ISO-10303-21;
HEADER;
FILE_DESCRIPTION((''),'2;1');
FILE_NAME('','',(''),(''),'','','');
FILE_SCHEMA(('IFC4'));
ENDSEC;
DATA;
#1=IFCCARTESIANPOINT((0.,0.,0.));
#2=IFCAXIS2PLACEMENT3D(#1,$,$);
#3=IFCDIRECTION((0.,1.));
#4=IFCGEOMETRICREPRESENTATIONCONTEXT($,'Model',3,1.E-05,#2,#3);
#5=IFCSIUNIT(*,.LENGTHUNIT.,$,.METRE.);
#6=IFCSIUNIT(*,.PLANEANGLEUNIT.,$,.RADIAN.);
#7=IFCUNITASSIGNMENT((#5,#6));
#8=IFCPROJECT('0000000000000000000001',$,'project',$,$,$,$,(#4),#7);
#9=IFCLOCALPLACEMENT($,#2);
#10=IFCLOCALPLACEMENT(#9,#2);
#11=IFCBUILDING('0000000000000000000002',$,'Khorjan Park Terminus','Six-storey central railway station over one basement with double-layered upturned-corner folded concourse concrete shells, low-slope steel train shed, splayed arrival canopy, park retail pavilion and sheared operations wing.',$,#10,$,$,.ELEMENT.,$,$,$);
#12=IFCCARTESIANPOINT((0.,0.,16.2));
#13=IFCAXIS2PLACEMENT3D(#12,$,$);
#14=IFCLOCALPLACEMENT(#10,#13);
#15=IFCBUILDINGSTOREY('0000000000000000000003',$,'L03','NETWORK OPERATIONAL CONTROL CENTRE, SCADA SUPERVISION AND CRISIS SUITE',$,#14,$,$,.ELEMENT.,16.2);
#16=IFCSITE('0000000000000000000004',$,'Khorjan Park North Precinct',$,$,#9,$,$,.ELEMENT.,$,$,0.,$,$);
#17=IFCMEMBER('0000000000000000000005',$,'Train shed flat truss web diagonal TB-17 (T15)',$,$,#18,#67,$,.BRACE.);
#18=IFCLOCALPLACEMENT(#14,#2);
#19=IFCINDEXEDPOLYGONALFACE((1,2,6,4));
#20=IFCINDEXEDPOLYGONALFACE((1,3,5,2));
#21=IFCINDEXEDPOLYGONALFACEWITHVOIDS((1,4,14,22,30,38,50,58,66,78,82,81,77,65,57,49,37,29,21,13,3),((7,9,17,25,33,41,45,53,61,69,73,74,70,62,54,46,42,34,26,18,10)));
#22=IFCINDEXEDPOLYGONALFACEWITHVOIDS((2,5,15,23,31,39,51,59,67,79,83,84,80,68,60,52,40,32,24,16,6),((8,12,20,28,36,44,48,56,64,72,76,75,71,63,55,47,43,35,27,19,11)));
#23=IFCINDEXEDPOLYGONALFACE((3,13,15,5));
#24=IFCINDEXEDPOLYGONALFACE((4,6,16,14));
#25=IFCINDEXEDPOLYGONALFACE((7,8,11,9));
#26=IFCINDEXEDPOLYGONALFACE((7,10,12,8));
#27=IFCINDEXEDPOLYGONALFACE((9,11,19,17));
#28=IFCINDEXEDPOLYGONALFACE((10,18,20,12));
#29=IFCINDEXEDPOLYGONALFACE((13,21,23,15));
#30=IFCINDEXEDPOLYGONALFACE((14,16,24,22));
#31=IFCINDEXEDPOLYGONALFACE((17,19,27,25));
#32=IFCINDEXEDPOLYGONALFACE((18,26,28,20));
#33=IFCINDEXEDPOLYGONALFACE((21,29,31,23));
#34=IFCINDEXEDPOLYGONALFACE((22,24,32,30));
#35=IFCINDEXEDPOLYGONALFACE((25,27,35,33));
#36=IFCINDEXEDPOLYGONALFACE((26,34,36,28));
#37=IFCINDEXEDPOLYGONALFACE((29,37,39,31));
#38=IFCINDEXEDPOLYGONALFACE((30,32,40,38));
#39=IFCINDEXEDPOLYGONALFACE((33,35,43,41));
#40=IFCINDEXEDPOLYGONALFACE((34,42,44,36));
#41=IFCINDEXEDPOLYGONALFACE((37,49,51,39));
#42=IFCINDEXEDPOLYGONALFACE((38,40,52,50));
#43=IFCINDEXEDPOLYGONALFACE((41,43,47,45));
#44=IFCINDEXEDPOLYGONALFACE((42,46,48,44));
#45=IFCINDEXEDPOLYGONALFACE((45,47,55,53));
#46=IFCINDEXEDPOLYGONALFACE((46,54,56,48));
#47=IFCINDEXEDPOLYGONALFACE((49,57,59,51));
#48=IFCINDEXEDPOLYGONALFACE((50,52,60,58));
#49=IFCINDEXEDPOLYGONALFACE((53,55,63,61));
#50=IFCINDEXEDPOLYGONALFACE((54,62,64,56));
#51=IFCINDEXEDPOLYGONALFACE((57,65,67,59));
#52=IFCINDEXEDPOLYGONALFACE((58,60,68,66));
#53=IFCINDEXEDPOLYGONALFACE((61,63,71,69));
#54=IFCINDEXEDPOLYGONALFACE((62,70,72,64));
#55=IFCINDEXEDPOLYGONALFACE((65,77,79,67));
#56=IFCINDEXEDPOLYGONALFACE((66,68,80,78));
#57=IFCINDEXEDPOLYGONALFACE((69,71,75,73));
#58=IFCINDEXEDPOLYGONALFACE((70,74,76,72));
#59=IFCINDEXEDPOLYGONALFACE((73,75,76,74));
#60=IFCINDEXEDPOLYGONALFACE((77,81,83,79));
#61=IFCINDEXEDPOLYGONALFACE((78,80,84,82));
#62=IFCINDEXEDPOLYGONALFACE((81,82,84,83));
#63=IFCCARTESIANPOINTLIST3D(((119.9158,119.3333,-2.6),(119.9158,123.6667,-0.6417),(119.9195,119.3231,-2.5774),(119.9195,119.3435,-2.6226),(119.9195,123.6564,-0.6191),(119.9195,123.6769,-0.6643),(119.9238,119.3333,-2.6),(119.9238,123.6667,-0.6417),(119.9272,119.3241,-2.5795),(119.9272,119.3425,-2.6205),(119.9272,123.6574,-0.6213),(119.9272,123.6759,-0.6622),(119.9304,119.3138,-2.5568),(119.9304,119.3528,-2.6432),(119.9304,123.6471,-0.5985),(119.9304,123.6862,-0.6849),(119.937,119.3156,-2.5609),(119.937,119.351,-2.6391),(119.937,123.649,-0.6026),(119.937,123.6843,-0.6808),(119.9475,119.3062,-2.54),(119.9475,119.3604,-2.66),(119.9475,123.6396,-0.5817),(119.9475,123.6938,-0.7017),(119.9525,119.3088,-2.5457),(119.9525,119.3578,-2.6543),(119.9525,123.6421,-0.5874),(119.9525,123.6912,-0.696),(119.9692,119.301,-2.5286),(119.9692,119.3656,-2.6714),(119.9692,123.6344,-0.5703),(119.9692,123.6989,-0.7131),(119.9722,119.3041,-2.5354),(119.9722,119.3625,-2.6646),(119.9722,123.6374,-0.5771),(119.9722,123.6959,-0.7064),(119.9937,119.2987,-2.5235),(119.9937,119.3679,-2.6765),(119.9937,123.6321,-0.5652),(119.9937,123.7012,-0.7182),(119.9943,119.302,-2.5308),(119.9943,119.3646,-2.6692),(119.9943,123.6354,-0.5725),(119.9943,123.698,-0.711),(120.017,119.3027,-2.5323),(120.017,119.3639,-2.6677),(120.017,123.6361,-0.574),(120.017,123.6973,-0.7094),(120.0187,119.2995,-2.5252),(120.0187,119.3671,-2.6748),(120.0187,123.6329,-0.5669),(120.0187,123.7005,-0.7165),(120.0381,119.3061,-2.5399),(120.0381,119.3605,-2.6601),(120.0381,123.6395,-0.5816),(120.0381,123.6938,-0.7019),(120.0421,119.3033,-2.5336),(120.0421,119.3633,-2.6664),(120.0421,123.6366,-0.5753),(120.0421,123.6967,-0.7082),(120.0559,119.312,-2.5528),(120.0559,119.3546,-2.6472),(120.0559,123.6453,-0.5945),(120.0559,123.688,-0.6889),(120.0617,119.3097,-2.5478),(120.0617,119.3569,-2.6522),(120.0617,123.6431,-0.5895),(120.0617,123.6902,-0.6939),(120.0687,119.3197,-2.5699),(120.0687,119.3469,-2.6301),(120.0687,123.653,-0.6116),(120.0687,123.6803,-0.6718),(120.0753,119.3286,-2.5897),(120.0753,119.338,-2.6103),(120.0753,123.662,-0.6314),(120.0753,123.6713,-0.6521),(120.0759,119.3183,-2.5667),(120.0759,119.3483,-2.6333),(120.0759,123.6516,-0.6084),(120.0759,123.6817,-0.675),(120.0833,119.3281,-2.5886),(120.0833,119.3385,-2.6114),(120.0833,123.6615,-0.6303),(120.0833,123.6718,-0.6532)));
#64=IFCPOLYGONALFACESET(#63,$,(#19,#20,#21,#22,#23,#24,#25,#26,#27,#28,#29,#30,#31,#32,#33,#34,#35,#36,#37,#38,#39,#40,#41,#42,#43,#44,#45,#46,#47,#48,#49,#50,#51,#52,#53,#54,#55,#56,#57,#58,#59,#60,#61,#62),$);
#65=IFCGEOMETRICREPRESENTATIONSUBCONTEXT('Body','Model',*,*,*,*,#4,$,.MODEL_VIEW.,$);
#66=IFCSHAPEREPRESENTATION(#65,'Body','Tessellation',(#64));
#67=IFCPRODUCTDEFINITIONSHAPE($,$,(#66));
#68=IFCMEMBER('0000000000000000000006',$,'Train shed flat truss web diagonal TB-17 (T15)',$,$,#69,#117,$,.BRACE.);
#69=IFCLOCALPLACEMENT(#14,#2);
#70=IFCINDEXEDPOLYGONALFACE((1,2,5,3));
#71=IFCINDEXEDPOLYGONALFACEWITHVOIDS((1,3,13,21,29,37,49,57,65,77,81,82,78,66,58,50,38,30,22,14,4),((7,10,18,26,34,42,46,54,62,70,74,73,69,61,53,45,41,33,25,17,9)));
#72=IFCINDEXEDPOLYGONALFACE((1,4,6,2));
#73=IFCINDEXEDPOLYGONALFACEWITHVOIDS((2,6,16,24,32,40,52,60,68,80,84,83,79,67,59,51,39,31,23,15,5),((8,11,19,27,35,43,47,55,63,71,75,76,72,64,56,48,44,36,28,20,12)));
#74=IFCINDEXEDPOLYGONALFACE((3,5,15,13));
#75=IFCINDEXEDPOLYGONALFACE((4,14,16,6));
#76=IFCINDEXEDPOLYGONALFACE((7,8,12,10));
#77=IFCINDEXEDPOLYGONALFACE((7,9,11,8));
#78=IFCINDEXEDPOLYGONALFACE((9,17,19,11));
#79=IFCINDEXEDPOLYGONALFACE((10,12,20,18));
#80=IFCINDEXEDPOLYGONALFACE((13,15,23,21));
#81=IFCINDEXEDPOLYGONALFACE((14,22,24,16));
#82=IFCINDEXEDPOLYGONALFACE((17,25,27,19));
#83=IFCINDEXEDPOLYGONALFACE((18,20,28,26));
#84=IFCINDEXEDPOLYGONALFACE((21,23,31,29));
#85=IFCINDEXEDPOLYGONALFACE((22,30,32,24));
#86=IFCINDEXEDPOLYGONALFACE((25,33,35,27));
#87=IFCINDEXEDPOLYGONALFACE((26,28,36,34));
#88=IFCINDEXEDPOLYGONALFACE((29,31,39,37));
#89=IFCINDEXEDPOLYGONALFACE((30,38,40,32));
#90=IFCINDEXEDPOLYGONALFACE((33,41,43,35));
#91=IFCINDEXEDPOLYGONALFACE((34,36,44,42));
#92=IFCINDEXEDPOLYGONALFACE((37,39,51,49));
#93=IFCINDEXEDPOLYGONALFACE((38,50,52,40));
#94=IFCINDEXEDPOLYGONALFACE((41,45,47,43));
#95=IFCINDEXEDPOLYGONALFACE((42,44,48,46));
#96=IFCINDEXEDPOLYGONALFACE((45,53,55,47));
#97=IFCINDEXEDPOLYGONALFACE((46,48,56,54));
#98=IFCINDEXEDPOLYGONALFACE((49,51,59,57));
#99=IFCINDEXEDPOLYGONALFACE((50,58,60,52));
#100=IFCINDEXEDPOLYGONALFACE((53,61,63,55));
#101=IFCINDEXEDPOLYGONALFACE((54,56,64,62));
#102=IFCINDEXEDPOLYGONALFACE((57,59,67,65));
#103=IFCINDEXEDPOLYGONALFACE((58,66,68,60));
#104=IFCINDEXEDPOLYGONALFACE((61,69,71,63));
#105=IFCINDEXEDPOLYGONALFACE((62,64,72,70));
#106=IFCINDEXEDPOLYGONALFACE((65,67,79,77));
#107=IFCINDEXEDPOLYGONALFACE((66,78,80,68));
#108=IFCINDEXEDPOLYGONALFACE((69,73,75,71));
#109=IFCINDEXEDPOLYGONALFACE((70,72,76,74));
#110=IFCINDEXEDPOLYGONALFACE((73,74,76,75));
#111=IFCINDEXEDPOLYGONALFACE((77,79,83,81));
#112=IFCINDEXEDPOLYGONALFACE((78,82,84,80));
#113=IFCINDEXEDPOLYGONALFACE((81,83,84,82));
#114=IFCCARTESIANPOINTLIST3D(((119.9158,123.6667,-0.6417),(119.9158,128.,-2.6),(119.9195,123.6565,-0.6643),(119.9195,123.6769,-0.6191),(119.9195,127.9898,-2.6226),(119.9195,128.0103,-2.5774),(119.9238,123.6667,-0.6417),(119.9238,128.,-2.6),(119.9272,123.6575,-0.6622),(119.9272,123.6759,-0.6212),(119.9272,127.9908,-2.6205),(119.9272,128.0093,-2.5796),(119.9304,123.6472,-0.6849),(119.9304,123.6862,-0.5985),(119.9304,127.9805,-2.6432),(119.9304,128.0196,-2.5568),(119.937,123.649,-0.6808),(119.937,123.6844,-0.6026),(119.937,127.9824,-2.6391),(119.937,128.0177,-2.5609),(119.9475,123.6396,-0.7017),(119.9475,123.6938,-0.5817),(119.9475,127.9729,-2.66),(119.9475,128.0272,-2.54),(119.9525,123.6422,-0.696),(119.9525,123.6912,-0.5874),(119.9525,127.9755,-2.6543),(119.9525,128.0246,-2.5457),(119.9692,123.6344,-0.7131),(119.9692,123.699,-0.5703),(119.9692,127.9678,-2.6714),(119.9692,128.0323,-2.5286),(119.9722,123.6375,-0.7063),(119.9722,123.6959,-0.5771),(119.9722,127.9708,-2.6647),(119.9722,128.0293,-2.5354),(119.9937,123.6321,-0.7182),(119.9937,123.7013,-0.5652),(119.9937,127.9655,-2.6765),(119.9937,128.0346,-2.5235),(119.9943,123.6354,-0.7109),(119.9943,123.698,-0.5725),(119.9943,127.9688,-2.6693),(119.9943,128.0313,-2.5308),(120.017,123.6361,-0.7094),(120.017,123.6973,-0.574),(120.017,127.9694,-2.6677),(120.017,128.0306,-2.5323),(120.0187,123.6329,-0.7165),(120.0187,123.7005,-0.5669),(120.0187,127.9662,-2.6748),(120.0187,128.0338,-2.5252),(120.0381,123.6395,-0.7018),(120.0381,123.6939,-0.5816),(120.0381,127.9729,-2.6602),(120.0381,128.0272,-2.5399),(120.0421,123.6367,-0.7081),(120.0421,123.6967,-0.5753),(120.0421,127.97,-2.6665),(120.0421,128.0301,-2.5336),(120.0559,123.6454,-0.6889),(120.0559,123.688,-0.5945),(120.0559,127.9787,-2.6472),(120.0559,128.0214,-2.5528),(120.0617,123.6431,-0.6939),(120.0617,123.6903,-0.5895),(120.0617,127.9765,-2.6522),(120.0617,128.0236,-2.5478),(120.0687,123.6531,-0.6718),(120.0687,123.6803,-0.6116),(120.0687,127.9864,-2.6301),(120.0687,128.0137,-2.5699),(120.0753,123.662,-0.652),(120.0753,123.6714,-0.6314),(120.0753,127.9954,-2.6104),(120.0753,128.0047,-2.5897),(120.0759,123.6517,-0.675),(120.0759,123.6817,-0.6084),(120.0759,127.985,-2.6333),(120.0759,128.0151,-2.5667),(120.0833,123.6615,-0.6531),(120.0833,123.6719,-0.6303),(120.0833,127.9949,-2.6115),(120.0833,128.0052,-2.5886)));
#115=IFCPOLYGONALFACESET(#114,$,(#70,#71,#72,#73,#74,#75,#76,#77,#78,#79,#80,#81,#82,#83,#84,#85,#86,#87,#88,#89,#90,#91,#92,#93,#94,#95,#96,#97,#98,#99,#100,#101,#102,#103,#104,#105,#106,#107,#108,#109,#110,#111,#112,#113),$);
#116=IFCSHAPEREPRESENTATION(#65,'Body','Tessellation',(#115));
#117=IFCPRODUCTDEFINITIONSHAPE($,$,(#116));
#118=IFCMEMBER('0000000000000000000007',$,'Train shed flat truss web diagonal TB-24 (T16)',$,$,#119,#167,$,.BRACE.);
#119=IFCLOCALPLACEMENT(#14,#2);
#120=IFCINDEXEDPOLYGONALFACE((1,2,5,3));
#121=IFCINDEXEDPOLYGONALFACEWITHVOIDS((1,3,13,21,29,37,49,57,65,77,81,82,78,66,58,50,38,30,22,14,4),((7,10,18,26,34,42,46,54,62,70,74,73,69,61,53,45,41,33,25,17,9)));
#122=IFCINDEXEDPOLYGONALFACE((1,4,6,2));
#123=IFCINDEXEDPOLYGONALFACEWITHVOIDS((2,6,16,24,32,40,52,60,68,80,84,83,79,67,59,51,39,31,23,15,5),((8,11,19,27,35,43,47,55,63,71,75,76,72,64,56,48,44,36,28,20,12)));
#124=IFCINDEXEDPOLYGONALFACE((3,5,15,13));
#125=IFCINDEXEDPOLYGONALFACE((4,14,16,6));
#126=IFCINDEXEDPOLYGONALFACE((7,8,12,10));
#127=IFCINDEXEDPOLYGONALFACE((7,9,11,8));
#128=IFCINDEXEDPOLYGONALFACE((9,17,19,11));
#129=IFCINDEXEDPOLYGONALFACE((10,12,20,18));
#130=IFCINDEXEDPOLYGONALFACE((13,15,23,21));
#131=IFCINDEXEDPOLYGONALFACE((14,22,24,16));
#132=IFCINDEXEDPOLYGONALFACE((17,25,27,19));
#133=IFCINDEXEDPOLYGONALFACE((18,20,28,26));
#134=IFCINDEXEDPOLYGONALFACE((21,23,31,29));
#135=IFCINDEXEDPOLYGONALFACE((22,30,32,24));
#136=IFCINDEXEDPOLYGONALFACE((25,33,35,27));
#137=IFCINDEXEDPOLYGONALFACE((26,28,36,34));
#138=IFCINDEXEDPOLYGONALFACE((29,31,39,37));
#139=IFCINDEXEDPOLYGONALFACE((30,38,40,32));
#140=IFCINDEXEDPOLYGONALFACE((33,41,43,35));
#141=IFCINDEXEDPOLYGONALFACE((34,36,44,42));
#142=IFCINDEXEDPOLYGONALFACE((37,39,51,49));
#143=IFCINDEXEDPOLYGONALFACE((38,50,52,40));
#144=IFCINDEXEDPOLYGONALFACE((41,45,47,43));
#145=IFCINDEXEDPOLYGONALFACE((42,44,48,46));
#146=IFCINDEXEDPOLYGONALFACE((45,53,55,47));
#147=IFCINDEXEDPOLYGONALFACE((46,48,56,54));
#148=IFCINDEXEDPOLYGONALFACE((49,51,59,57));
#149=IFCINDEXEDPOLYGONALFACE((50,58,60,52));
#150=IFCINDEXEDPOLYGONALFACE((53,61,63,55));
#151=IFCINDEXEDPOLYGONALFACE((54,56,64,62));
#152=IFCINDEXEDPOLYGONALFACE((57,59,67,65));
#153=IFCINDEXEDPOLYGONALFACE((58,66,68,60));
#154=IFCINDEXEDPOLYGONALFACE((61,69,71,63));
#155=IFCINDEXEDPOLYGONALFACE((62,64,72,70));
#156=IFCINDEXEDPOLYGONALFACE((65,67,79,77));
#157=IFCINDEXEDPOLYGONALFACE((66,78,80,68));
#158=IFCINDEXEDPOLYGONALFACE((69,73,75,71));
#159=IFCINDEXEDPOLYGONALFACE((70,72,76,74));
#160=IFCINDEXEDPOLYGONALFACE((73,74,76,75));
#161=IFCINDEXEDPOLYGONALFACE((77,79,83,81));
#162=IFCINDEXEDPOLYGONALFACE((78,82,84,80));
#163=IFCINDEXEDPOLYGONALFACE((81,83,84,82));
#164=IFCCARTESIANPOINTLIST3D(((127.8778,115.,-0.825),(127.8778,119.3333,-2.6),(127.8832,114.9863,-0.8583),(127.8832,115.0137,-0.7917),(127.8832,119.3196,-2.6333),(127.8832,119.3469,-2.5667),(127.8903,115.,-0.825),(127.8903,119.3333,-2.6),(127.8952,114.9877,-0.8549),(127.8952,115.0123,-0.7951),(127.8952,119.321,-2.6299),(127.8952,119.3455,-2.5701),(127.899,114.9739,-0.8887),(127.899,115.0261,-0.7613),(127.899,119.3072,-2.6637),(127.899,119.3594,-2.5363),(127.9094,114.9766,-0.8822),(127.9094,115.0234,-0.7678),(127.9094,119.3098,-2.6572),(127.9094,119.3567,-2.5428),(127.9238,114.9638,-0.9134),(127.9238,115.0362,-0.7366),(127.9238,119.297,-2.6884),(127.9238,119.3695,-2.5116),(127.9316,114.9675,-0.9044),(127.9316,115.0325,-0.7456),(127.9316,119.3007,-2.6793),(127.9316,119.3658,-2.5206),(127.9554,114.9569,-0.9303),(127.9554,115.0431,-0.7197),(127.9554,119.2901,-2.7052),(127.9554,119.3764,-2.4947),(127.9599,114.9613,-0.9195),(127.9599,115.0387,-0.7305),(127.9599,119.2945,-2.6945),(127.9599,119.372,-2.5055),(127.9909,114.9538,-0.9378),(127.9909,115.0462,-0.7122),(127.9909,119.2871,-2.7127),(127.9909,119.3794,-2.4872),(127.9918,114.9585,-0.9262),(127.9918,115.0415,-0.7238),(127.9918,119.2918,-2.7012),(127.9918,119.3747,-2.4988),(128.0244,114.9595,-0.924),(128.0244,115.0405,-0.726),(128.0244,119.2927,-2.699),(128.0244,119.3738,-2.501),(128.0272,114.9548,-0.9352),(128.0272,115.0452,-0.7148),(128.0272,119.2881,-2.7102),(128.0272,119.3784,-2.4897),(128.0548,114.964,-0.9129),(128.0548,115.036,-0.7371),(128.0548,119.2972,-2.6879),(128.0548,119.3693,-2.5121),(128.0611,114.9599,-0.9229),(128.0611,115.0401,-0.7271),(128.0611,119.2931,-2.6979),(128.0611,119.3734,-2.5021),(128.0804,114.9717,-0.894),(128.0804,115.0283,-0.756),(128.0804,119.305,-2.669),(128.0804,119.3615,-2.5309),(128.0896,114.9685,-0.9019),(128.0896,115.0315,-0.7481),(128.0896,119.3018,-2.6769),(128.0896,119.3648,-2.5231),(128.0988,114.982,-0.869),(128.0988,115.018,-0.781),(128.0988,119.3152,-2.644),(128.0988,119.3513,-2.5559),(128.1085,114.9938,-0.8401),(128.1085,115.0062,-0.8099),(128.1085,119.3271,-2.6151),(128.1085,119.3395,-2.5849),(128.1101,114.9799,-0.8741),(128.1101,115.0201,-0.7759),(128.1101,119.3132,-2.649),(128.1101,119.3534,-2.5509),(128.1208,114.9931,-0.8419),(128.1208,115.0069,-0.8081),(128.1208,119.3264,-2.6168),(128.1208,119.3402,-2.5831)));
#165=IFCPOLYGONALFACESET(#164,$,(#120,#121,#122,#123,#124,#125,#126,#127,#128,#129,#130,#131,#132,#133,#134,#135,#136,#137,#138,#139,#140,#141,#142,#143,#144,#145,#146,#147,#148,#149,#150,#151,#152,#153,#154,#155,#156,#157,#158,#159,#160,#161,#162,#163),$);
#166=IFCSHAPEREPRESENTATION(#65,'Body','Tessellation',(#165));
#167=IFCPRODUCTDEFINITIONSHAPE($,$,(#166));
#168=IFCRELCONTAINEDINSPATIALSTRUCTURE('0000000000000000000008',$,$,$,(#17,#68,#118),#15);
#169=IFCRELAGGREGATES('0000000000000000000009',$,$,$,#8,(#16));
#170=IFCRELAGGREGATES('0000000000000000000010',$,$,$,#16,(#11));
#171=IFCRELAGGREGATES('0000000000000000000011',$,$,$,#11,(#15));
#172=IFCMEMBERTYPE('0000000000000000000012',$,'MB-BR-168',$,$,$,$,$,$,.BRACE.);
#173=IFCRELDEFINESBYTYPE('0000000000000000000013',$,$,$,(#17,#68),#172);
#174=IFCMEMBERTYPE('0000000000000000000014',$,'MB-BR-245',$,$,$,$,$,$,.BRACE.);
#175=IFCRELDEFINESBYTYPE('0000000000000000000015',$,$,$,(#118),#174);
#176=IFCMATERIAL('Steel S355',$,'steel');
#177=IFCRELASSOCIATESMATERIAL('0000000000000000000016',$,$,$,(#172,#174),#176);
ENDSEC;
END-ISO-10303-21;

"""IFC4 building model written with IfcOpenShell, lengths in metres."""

from ifc_helpers import new_model, si_unit, direction, frame, origin, origin_2d, place, context, subcontext, project, spatial, hollow_circle, extrude, material, material_profile, profile_set, type_object, element, save


model = new_model("IFC4")

# Units and contexts
model_context = context("Model", 3, precision=1e-05, world=origin(), true_north=direction((0.0, 1.0)))
body_context = subcontext(model_context, "Body", "Model", "MODEL_VIEW")
ifc_project = project(units=[si_unit("LENGTHUNIT", "METRE"), si_unit("PLANEANGLEUNIT", "RADIAN")], contexts=[model_context])

# Site, building, storey
site_placement = place(None, origin())
site = spatial("IfcSite", under=ifc_project, at=site_placement, Name="Khorjan Park North Precinct", CompositionType="ELEMENT", RefElevation=0.0)
building_placement = place(site_placement, origin())
building = spatial("IfcBuilding", under=site, at=building_placement, Name="Khorjan Park Terminus", Description="Six-storey central railway station over one basement with double-layered upturned-corner folded concourse concrete shells, low-slope steel train shed, splayed arrival canopy, park retail pavilion and sheared operations wing.", CompositionType="ELEMENT")
storey_placement = place(building_placement, frame((0.0, 0.0, 16.2)))
storey = spatial("IfcBuildingStorey", under=building, at=storey_placement, Name="L03", Description="NETWORK OPERATIONAL CONTROL CENTRE, SCADA SUPERVISION AND CRISIS SUITE", CompositionType="ELEMENT", Elevation=16.2)

# Members
ifc_material = material(Name="Steel S355", Category="steel")
ifc_material_profile_1 = material_profile(ifc_material, hollow_circle(Radius=0.0842, WallThickness=0.008, at=origin_2d()), Name="CHS 168.3x8")
ifc_profile_set_1 = profile_set([ifc_material_profile_1], Name="Steel S355")
member_type_1 = type_object("IfcMemberType", Name="MB-BR-168", PredefinedType="BRACE", material=ifc_profile_set_1)
for number, where, z_axis, x_axis, name in (
    (1, (120.0, 119.3333, -2.6), (0.0, 0.91127, 0.41181), (-1.0, 0.0, 0.0), "Train shed flat truss web diagonal TB-17 (T15)"),
    (2, (120.0, 123.6667, -0.6417), (0.0, 0.911266, -0.411818), (-1.0, 0.0, 0.0), "Train shed flat truss web diagonal TB-17 (T15)"),
):
    element("IfcMember", number, at=place(storey_placement, frame(where, z_axis=z_axis, x_axis=x_axis)), inside=storey, type_object=member_type_1, Name=name, PredefinedType="BRACE", context=body_context, shape_type="SweptSolid", body=[
        extrude(hollow_circle(Radius=0.0842, WallThickness=0.008, at=origin_2d()), origin(), (0.0, 0.0, 1.0), 4.7553),
    ])
ifc_material_profile_2 = material_profile(ifc_material, hollow_circle(Radius=0.1222, WallThickness=0.0125, at=origin_2d()), Name="CHS 244.5x12.5")
ifc_profile_set_2 = profile_set([ifc_material_profile_2], Name="Steel S355")
member_type_2 = type_object("IfcMemberType", Name="MB-BR-245", PredefinedType="BRACE", material=ifc_profile_set_2)
member_1_placement = place(storey_placement, frame((128.0, 115.0, -0.825), z_axis=(0.0, 0.925376, -0.379051), x_axis=(-1.0, 0.0, 0.0)))
element("IfcMember", 3, at=member_1_placement, inside=storey, type_object=member_type_2, Name="Train shed flat truss web diagonal TB-24 (T16)", PredefinedType="BRACE", context=body_context, shape_type="SweptSolid", body=[
    extrude(hollow_circle(Radius=0.1222, WallThickness=0.0125, at=origin_2d()), origin(), (0.0, 0.0, 1.0), 4.6827),
])

save(model, "model.ifc")
